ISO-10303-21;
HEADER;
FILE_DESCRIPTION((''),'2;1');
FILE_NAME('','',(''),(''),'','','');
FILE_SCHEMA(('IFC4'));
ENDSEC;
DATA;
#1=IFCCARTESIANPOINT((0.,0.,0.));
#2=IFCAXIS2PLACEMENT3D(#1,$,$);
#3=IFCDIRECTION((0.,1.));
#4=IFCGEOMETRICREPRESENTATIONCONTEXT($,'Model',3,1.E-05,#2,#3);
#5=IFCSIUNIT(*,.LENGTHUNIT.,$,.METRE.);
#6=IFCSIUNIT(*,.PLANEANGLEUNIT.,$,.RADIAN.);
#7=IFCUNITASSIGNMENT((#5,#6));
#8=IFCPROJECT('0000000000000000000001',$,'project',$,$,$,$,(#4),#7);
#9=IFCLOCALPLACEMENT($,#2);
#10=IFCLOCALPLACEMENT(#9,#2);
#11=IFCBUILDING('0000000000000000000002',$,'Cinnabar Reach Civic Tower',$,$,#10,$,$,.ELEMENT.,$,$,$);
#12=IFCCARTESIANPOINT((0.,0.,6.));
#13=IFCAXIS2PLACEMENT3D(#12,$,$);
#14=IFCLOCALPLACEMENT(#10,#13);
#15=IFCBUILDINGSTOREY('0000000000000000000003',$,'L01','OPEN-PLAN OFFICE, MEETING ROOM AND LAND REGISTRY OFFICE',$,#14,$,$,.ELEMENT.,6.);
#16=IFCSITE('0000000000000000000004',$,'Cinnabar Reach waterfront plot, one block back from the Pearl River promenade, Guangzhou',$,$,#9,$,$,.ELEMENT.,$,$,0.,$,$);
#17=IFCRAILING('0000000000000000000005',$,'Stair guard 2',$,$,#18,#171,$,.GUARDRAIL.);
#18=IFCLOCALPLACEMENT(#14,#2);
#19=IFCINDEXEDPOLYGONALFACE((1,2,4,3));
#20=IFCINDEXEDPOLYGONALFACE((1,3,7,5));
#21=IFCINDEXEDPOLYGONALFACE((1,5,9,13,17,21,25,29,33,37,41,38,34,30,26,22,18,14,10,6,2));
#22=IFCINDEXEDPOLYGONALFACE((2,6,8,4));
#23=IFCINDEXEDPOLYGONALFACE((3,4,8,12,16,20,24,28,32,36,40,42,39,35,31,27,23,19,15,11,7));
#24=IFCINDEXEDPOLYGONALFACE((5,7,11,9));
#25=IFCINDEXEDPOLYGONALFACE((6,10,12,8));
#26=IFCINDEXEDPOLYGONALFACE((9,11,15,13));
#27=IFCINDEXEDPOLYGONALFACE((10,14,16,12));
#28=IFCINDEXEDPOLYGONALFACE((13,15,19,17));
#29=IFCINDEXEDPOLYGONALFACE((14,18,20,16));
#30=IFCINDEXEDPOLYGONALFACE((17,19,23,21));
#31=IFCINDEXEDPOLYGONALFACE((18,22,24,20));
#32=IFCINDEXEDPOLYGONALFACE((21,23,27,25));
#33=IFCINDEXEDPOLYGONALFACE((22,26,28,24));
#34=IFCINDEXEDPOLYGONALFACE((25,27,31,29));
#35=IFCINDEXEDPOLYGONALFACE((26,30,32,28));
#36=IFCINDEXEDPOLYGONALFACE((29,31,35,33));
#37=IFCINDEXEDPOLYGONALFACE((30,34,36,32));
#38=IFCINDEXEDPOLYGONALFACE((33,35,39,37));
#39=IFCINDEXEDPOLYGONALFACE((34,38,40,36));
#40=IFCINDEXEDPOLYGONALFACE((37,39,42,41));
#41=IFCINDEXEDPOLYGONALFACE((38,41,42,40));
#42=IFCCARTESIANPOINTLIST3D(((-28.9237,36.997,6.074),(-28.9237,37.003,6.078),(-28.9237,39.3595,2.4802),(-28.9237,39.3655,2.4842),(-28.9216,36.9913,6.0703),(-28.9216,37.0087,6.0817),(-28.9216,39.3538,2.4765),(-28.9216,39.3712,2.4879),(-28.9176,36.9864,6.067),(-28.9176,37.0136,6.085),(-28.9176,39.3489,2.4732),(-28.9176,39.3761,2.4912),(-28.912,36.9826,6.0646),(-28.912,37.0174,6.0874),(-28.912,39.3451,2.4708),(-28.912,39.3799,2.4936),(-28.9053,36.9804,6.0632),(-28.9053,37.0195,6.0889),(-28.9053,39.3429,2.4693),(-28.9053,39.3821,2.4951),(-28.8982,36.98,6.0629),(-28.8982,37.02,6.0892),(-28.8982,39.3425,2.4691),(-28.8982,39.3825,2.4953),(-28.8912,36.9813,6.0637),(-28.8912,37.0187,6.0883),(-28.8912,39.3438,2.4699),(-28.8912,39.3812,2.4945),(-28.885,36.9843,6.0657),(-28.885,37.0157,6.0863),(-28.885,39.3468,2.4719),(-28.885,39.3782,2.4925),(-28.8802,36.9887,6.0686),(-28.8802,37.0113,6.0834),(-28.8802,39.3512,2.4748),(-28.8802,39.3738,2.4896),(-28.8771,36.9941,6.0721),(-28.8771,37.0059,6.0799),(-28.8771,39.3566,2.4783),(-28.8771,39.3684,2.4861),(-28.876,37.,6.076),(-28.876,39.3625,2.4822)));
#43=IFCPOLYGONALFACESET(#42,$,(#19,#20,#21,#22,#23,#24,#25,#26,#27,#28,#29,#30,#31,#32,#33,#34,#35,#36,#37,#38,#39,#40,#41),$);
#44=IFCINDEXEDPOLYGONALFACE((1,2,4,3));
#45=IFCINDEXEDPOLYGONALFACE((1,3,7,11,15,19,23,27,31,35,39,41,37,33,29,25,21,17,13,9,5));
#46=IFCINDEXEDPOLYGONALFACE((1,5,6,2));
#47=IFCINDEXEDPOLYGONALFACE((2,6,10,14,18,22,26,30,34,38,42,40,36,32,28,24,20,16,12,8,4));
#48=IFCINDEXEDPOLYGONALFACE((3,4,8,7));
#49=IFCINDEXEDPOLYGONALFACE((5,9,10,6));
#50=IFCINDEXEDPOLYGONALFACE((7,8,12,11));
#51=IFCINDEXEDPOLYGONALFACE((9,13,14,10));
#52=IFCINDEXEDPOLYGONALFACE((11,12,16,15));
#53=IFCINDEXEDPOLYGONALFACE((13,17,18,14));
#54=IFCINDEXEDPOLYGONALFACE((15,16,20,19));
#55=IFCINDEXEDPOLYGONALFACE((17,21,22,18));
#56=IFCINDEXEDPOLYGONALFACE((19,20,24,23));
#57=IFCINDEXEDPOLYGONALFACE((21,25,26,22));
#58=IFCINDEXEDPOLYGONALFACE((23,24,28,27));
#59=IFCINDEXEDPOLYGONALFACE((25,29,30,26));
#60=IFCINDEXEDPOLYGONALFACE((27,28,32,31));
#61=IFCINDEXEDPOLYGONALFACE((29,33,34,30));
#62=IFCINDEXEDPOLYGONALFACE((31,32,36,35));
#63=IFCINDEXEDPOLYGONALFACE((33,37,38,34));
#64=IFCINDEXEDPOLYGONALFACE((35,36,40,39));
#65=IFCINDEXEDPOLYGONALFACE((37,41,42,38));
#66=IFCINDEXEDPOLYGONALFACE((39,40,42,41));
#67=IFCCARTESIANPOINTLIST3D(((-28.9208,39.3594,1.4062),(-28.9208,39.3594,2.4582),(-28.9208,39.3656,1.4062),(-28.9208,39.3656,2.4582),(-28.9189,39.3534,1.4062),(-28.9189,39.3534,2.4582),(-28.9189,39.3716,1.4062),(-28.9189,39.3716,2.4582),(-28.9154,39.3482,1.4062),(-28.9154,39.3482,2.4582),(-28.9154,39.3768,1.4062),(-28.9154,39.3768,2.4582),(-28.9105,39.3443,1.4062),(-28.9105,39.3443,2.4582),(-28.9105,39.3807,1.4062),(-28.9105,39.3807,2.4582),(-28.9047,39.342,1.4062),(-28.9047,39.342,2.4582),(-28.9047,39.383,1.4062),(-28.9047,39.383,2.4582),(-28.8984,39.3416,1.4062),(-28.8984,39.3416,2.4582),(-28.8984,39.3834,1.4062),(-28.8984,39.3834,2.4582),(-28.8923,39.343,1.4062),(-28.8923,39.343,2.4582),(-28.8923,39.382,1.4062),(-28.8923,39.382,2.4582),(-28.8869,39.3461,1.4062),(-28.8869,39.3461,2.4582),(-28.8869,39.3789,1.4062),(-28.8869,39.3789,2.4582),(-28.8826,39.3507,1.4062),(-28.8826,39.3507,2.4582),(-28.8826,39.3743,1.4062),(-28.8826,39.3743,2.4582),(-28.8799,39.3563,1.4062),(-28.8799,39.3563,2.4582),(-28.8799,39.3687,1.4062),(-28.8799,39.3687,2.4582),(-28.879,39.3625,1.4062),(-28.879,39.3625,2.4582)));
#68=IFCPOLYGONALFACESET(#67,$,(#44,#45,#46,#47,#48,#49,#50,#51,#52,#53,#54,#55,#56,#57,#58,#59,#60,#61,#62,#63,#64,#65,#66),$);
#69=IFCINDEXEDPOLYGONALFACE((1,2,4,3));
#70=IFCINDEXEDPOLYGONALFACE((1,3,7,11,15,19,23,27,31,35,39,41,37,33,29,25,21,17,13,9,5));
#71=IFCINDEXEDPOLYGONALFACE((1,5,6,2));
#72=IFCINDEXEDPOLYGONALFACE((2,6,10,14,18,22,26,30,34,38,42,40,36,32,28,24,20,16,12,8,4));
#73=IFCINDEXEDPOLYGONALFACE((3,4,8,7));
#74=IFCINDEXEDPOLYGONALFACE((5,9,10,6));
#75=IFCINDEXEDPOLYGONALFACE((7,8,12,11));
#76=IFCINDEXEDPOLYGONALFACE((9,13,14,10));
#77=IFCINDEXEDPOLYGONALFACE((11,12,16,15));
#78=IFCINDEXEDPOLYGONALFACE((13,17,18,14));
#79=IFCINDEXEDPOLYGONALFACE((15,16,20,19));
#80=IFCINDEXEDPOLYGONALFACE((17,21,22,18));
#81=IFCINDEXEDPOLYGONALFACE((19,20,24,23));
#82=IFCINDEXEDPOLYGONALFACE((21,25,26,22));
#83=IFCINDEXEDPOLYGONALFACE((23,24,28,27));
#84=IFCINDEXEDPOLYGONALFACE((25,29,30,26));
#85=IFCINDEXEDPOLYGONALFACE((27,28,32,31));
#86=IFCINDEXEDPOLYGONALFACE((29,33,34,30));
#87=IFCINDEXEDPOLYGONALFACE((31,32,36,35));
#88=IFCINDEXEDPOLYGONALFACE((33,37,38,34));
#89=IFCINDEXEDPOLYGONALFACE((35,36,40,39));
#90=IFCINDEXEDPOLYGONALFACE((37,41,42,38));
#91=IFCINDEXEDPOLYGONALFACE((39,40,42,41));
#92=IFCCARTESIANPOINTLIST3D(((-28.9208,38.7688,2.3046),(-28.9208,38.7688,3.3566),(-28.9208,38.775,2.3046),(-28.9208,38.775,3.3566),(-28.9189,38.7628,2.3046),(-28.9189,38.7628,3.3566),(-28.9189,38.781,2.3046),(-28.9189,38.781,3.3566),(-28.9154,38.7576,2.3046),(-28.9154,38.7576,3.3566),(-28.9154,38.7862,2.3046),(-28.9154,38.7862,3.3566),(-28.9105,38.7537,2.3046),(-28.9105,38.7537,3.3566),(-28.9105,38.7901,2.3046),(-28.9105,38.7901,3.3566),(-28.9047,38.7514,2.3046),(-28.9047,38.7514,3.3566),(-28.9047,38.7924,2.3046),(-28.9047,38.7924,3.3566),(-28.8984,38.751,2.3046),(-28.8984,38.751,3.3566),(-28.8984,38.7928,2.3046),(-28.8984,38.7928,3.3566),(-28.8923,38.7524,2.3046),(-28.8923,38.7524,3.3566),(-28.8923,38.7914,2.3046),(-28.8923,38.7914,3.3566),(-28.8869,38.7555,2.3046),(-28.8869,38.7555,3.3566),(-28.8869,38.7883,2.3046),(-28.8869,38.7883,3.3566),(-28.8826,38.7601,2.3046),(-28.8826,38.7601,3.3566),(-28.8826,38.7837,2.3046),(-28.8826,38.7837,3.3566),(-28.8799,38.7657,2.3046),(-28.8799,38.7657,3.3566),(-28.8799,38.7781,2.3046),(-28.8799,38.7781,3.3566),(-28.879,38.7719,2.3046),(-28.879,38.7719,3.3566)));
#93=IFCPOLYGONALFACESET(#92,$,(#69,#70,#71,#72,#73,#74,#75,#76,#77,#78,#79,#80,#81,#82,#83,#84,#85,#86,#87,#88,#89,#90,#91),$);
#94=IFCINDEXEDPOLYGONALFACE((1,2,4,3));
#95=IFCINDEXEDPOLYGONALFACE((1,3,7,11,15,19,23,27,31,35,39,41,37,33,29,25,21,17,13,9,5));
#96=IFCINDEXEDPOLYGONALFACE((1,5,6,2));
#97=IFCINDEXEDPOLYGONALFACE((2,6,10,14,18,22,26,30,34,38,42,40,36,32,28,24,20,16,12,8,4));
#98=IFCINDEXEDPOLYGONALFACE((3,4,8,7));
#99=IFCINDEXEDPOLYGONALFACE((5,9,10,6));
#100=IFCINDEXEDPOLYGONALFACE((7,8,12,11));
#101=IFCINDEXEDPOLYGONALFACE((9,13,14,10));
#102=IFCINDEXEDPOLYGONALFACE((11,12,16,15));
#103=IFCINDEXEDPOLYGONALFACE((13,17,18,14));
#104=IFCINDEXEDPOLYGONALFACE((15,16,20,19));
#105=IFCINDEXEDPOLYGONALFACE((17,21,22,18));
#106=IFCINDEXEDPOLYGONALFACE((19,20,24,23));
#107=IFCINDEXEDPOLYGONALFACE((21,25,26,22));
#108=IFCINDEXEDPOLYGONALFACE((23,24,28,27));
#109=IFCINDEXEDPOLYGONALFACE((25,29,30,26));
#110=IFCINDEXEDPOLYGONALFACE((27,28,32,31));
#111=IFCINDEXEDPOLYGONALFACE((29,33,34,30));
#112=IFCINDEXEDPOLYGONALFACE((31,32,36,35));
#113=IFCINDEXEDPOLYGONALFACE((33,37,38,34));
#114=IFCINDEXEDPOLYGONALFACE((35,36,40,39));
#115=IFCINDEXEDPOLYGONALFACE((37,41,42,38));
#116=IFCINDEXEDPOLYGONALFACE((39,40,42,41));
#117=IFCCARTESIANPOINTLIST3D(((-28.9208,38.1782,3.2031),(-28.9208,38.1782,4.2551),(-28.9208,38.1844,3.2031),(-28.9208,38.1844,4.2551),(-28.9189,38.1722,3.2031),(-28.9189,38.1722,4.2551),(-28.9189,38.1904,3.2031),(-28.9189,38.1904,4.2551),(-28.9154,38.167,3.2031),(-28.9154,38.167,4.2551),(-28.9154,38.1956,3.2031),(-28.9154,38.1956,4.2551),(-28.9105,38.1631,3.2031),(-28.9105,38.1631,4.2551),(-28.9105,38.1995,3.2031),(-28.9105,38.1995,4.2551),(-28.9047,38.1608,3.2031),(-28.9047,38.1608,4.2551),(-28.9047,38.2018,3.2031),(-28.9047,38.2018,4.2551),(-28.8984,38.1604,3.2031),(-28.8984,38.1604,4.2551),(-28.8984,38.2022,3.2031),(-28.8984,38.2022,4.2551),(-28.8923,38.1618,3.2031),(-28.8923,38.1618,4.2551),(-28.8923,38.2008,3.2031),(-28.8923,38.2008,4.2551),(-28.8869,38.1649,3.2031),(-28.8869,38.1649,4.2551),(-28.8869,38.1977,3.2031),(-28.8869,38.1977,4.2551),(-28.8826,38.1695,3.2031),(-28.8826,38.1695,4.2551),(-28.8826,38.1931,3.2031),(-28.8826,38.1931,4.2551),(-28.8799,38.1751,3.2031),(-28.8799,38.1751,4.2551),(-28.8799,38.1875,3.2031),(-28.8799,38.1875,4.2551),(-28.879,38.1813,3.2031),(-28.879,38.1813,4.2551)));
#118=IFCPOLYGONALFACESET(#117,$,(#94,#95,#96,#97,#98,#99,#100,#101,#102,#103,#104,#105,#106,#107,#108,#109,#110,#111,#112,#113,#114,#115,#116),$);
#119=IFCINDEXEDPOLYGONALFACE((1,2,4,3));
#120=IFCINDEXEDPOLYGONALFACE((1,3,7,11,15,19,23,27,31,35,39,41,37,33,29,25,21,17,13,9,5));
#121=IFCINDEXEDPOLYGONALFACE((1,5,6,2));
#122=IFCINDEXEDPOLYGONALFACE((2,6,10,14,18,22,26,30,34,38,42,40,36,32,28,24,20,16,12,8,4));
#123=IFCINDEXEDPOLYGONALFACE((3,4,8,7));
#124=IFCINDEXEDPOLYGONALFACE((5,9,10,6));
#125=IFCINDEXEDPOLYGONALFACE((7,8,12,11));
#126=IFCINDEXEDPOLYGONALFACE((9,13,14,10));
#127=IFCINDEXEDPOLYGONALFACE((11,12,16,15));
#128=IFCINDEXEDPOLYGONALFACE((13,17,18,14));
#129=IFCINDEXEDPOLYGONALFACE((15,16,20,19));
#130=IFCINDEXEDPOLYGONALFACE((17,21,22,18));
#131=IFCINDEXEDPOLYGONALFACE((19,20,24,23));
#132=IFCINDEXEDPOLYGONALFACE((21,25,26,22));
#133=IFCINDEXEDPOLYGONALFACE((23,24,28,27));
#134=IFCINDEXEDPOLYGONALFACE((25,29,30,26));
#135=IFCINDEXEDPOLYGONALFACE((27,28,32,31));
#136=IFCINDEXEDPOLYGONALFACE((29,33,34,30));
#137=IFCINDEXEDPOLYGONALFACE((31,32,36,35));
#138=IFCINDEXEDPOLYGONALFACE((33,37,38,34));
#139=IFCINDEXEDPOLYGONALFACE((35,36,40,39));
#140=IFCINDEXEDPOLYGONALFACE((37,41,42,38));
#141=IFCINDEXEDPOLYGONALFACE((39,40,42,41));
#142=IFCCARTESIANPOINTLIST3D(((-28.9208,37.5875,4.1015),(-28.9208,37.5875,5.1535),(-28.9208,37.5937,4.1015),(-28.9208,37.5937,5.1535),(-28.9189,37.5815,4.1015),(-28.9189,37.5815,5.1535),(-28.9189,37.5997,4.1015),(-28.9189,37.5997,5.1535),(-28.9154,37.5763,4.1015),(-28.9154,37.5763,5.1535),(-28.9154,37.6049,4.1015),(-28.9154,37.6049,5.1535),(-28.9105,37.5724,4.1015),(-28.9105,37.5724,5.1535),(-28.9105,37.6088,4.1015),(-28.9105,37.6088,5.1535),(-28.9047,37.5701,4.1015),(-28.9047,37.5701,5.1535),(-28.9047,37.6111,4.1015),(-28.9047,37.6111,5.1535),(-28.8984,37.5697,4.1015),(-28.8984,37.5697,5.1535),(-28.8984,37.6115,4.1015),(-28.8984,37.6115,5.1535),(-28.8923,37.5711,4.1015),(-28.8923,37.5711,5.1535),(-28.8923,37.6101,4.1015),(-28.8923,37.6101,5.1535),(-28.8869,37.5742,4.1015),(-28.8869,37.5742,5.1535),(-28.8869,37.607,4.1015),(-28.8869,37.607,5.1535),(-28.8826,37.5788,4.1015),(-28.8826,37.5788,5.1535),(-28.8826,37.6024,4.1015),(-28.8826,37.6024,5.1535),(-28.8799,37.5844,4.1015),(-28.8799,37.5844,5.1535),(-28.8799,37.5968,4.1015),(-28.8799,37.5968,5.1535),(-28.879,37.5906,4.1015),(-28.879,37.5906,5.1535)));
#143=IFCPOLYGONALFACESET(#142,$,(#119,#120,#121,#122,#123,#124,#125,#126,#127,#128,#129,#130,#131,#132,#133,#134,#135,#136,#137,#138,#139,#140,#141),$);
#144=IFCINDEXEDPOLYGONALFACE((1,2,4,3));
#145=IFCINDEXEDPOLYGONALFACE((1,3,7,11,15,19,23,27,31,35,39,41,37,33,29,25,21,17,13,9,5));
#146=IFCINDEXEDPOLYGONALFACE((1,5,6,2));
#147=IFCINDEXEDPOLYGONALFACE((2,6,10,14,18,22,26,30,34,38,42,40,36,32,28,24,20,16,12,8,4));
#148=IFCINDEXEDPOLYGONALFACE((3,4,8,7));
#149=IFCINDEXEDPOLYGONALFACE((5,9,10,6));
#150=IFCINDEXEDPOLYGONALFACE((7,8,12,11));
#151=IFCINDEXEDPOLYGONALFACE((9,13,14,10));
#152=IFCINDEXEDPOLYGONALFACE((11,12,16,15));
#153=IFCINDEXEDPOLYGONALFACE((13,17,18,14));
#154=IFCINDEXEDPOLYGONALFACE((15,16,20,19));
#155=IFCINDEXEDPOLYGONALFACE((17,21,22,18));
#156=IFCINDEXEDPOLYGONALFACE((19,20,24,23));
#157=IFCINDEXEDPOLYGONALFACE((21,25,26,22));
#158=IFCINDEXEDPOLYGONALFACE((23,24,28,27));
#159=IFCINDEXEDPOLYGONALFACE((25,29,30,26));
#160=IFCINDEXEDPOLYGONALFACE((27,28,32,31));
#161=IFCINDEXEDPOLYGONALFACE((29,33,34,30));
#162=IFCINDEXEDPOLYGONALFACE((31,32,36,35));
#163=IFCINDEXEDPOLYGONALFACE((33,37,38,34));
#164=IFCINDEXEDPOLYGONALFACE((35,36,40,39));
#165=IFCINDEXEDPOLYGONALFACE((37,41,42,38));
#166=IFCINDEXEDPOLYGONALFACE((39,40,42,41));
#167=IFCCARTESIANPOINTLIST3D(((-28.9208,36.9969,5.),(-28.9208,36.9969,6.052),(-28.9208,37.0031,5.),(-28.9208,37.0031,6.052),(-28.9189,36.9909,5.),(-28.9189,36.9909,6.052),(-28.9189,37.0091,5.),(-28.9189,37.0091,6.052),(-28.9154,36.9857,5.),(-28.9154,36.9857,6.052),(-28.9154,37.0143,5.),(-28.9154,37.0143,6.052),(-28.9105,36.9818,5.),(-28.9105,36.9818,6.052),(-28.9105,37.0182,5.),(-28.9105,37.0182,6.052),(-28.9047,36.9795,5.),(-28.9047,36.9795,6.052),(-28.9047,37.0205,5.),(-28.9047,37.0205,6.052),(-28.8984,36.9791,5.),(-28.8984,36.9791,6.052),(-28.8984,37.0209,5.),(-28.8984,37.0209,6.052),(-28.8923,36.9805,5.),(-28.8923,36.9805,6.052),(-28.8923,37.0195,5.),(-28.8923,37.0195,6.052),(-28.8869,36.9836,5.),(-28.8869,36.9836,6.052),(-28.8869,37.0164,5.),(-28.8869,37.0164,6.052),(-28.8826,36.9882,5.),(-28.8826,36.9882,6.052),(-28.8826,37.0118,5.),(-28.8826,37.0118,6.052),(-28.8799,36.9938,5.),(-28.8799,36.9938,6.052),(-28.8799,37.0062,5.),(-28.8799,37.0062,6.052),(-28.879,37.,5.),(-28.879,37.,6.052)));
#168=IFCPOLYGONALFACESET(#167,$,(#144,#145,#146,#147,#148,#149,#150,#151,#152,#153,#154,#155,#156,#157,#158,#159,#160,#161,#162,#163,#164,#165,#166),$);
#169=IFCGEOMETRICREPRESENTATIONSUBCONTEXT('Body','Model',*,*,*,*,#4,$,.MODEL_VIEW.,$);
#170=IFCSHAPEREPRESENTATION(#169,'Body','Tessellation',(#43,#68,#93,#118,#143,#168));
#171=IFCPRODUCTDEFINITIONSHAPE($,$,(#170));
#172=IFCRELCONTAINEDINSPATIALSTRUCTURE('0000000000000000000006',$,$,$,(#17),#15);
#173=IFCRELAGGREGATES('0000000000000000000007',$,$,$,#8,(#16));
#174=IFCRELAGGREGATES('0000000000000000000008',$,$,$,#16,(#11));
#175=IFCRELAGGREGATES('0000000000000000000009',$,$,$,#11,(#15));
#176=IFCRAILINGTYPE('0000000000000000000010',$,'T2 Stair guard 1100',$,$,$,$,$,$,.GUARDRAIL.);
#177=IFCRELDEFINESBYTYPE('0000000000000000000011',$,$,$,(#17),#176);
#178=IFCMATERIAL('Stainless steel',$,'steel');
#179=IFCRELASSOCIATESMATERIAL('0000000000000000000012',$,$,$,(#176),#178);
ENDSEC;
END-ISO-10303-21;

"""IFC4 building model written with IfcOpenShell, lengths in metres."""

from ifc_helpers import new_model, si_unit, direction, frame, origin, origin_2d, place, context, subcontext, project, spatial, circle, extrude, material, type_object, element, save


model = new_model("IFC4")

# Units and contexts
model_context = context("Model", 3, precision=1e-05, world=origin(), true_north=direction((0.0, 1.0)))
body_context = subcontext(model_context, "Body", "Model", "MODEL_VIEW")
ifc_project = project(units=[si_unit("LENGTHUNIT", "METRE"), si_unit("PLANEANGLEUNIT", "RADIAN")], contexts=[model_context])

# Site, building, storey
site_placement = place(None, origin())
site = spatial("IfcSite", under=ifc_project, at=site_placement, Name="Cinnabar Reach waterfront plot, one block back from the Pearl River promenade, Guangzhou", CompositionType="ELEMENT", RefElevation=0.0)
building_placement = place(site_placement, origin())
building = spatial("IfcBuilding", under=site, at=building_placement, Name="Cinnabar Reach Civic Tower", CompositionType="ELEMENT")
storey_placement = place(building_placement, frame((0.0, 0.0, 6.0)))
storey = spatial("IfcBuildingStorey", under=building, at=storey_placement, Name="L01", Description="OPEN-PLAN OFFICE, MEETING ROOM AND LAND REGISTRY OFFICE", CompositionType="ELEMENT", Elevation=6.0)

# Railing
ifc_material_1 = material(Name="Stainless steel", Category="steel")
railing_type = type_object("IfcRailingType", Name="T2 Stair guard 1100", PredefinedType="GUARDRAIL", material=ifc_material_1)
railing_1_placement = place(storey_placement, frame((-28.9, 39.3625, 1.4062)))
element("IfcRailing", 1, at=railing_1_placement, inside=storey, type_object=railing_type, Name="Stair guard 2", PredefinedType="GUARDRAIL", context=body_context, shape_type="SweptSolid", body=[
    extrude(circle(Radius=0.024, at=origin_2d()), frame((0.0, 0.0, 1.076), z_axis=(0.0, -0.549318, 0.835614), x_axis=(1.0, 0.0, 0.0)), (0.0, 0.0, 1.0), 4.3008),
    extrude(circle(Radius=0.021, at=origin_2d()), origin(), (0.0, 0.0, 1.0), 1.052),
    extrude(circle(Radius=0.021, at=origin_2d()), frame((0.0, -0.5906, 0.8984)), (0.0, 0.0, 1.0), 1.052),
    extrude(circle(Radius=0.021, at=origin_2d()), frame((0.0, -1.1812, 1.7969)), (0.0, 0.0, 1.0), 1.052),
    extrude(circle(Radius=0.021, at=origin_2d()), frame((0.0, -1.7719, 2.6953)), (0.0, 0.0, 1.0), 1.052),
    extrude(circle(Radius=0.021, at=origin_2d()), frame((0.0, -2.3625, 3.5938)), (0.0, 0.0, 1.0), 1.052),
])

save(model, "model.ifc")
